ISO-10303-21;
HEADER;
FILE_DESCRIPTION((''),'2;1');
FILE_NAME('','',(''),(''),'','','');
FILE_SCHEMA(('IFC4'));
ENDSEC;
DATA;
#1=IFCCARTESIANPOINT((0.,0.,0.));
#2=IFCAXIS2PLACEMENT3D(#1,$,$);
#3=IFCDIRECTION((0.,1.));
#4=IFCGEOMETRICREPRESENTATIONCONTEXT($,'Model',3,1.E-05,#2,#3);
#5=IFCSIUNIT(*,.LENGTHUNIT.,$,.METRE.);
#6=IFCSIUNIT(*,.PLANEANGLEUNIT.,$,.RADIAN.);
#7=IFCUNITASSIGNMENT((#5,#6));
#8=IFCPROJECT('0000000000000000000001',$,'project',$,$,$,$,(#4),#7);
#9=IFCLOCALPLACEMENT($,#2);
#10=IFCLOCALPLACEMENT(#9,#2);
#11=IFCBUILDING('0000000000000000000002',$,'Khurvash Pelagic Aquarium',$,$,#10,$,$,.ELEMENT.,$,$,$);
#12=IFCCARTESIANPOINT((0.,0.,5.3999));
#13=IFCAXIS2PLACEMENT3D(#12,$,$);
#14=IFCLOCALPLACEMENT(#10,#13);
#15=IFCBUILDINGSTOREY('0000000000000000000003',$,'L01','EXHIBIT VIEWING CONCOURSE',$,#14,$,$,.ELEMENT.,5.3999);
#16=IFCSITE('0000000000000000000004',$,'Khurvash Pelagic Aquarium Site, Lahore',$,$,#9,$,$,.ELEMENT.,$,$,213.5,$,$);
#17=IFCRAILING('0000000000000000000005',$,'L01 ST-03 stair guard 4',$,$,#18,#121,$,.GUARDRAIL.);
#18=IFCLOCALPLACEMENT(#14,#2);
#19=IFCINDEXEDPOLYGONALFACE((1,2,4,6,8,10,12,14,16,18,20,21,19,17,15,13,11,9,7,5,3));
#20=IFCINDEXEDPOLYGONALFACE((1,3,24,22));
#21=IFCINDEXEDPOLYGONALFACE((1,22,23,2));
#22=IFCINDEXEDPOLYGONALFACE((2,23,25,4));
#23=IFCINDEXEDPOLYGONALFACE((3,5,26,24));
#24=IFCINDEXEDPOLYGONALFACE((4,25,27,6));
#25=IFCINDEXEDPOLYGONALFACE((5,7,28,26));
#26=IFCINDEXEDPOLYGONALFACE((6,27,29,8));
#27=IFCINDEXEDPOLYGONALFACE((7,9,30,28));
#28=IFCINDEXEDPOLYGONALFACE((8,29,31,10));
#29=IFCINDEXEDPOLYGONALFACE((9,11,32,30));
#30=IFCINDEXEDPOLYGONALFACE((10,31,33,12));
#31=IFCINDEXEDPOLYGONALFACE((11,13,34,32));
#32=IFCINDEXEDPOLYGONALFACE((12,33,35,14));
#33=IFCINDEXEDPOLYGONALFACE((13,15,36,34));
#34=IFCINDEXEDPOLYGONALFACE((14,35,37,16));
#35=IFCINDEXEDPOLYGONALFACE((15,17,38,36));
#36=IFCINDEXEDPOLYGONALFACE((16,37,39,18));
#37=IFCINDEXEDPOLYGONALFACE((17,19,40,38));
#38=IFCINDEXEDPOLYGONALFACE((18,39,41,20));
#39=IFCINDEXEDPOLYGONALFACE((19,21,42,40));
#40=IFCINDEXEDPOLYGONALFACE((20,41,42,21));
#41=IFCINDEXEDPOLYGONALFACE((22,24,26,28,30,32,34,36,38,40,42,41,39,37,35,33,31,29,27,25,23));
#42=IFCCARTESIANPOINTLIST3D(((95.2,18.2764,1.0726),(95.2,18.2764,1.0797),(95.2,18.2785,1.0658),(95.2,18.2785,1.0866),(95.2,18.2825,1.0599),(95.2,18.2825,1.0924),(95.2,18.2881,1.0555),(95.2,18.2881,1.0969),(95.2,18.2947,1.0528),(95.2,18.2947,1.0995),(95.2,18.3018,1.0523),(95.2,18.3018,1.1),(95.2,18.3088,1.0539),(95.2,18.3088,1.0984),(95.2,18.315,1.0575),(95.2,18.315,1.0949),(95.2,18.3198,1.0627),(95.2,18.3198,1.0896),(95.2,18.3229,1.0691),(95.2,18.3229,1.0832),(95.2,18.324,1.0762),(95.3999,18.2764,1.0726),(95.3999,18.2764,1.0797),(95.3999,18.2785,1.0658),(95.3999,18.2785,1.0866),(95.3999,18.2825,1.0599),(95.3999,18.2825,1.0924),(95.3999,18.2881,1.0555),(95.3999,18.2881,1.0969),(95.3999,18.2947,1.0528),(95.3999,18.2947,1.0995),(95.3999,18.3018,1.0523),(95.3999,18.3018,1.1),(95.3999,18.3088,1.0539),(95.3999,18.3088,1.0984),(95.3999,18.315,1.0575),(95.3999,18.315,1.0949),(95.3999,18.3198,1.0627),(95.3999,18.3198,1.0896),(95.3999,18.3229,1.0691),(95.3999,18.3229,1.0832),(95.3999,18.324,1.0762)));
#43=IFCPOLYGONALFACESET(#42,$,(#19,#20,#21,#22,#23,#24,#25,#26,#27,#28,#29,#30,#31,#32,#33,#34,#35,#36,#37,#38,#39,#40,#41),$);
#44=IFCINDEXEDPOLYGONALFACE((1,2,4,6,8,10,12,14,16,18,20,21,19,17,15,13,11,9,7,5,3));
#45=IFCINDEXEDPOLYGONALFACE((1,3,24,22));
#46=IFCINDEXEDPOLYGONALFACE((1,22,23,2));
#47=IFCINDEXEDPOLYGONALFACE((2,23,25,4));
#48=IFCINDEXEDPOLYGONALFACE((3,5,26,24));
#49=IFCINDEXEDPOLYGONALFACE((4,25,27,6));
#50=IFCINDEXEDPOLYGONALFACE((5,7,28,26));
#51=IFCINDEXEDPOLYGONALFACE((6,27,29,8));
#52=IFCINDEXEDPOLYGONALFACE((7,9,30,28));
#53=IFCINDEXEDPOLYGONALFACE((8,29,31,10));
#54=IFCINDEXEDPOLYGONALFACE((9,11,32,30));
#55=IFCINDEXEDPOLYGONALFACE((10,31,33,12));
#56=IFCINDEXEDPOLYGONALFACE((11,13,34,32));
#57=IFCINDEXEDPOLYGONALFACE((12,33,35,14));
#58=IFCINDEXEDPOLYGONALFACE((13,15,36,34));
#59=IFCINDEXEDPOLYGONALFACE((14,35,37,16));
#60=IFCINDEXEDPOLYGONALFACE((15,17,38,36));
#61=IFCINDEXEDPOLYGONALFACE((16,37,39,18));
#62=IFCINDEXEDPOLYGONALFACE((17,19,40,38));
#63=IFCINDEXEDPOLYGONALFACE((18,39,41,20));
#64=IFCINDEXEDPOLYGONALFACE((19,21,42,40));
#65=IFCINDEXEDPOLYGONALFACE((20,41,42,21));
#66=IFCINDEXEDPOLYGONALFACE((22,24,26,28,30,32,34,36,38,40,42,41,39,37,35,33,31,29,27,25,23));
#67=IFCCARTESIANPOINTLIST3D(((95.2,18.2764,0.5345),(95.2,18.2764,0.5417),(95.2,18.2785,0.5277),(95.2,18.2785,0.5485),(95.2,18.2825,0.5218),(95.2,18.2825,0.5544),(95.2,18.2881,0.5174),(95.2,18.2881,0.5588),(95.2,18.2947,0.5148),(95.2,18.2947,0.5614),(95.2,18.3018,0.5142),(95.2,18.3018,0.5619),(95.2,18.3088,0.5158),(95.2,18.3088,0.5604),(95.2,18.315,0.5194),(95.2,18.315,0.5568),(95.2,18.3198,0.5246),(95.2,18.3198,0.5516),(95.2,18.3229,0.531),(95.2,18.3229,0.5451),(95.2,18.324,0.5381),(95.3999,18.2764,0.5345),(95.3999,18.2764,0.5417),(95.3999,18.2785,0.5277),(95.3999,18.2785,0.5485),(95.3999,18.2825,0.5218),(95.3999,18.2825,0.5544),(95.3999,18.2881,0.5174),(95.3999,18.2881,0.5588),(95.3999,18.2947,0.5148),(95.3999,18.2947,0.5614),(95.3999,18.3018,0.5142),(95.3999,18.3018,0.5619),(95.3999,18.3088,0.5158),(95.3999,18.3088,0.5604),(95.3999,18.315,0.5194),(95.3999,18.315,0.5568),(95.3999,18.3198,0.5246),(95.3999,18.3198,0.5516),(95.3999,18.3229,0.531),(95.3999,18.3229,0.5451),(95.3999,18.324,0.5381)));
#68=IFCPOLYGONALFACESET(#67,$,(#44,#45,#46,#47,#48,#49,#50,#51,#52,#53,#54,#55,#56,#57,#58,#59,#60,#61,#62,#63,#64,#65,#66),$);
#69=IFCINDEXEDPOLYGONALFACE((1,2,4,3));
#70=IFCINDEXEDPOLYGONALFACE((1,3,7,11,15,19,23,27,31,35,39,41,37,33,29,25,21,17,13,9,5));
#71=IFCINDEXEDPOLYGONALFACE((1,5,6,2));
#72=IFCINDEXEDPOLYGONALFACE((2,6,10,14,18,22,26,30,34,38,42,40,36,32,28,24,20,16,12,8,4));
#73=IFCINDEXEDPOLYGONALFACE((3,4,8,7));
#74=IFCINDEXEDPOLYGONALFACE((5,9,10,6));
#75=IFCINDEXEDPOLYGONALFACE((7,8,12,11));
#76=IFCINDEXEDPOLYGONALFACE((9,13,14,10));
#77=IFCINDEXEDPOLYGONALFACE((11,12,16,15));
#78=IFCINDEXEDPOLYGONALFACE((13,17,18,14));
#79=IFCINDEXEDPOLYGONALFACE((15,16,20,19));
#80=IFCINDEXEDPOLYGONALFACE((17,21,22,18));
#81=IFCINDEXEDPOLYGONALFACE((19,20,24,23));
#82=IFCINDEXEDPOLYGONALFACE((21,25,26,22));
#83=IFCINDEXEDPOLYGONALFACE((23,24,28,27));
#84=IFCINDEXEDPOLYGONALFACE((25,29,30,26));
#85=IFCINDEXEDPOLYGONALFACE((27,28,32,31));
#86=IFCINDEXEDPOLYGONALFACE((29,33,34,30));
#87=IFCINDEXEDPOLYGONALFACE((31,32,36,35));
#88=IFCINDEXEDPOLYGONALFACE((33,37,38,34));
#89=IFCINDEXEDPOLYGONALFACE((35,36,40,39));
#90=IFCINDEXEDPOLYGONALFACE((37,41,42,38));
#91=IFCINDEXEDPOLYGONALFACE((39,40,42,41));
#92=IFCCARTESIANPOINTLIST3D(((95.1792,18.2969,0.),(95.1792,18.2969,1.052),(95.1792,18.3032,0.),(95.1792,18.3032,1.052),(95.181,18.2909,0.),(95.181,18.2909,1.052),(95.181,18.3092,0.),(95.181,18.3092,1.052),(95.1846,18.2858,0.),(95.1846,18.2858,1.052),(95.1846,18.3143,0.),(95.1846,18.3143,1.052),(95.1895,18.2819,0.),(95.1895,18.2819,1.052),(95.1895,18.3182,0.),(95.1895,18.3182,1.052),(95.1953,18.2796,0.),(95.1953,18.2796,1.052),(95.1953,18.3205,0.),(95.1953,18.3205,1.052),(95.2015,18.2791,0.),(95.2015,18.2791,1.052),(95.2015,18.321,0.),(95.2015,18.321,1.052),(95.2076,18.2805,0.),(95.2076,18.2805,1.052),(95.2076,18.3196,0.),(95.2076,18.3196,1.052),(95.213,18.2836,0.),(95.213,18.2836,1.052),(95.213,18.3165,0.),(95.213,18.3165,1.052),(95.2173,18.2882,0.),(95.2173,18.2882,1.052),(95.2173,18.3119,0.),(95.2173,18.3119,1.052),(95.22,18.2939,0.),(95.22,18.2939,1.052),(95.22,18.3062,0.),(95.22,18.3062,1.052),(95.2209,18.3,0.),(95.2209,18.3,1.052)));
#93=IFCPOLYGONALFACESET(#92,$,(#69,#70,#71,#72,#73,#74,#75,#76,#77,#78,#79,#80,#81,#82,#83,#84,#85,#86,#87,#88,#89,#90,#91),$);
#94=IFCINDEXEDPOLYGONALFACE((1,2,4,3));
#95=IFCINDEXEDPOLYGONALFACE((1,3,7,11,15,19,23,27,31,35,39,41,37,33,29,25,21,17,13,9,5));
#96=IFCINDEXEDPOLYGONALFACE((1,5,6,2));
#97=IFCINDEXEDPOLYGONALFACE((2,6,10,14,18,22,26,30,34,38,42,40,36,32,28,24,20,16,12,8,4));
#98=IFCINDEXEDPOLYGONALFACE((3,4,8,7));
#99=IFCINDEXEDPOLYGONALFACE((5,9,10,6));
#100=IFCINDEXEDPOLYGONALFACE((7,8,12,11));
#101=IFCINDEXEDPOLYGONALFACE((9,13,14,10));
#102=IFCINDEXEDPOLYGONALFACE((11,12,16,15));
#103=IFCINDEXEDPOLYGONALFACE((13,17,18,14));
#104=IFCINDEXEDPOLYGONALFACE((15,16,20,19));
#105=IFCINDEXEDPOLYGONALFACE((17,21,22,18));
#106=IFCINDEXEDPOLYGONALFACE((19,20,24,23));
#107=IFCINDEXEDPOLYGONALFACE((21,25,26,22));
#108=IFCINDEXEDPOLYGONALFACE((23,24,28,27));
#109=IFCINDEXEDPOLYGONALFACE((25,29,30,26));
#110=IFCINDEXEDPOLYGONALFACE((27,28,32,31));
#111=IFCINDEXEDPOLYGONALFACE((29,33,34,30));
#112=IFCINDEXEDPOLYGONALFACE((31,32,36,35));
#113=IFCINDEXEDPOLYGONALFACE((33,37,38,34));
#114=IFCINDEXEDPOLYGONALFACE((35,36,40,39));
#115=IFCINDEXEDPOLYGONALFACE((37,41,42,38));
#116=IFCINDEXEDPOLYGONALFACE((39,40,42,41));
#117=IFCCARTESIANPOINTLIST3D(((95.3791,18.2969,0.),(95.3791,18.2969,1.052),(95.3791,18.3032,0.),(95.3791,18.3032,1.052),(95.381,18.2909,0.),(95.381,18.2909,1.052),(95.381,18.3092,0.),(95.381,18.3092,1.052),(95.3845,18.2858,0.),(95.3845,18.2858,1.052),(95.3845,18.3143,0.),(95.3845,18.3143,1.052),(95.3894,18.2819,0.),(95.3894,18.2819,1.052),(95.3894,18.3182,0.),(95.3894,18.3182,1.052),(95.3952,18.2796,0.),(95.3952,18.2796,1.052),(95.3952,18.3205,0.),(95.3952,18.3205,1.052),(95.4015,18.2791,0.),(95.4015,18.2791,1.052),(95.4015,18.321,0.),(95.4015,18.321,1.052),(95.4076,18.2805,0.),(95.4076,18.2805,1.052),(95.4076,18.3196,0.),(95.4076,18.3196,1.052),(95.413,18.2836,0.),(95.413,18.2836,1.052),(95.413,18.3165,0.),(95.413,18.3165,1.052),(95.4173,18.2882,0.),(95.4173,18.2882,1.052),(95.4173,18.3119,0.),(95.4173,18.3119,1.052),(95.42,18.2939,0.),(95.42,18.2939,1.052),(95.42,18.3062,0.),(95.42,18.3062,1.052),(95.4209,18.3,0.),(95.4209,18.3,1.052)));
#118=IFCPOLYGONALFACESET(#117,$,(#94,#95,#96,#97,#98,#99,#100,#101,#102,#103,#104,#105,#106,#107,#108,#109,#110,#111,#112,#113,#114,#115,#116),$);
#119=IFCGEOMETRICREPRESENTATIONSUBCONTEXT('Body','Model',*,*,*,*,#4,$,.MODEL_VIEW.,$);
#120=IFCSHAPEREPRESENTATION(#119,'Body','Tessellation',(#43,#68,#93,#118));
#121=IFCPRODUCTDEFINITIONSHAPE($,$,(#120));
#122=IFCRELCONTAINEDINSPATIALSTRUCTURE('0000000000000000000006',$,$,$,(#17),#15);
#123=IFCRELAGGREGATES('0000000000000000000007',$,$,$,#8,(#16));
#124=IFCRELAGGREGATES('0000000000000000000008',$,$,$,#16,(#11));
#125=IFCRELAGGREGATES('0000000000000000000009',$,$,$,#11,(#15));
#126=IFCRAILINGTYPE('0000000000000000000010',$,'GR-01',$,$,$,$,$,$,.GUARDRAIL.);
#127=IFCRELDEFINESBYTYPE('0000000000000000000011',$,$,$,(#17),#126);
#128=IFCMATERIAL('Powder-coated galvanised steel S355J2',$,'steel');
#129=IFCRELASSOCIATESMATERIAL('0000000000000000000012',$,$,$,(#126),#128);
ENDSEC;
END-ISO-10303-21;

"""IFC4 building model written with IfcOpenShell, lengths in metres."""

from ifc_helpers import new_model, si_unit, direction, frame, origin, origin_2d, place, context, subcontext, project, spatial, circle, extrude, material, type_object, element, save


model = new_model("IFC4")

# Units and contexts
model_context = context("Model", 3, precision=1e-05, world=origin(), true_north=direction((0.0, 1.0)))
body_context = subcontext(model_context, "Body", "Model", "MODEL_VIEW")
ifc_project = project(units=[si_unit("LENGTHUNIT", "METRE"), si_unit("PLANEANGLEUNIT", "RADIAN")], contexts=[model_context])

# Site, building, storey
site_placement = place(None, origin())
site = spatial("IfcSite", under=ifc_project, at=site_placement, Name="Khurvash Pelagic Aquarium Site, Lahore", CompositionType="ELEMENT", RefElevation=213.5)
building_placement = place(site_placement, origin())
building = spatial("IfcBuilding", under=site, at=building_placement, Name="Khurvash Pelagic Aquarium", CompositionType="ELEMENT")
storey_placement = place(building_placement, frame((0.0, 0.0, 5.3999)))
storey = spatial("IfcBuildingStorey", under=building, at=storey_placement, Name="L01", Description="EXHIBIT VIEWING CONCOURSE", CompositionType="ELEMENT", Elevation=5.3999)

# Railing
ifc_material_1 = material(Name="Powder-coated galvanised steel S355J2", Category="steel")
railing_type_1 = type_object("IfcRailingType", Name="GR-01", PredefinedType="GUARDRAIL", material=ifc_material_1)
railing_1_placement = place(storey_placement, frame((95.2, 18.3, 0.0)))
element("IfcRailing", 1, at=railing_1_placement, inside=storey, type_object=railing_type_1, Name="L01 ST-03 stair guard 4", PredefinedType="GUARDRAIL", context=body_context, shape_type="SweptSolid", body=[
    extrude(circle(Radius=0.0239, at=origin_2d()), frame((0.0, 0.0, 1.0762), z_axis=(1.0, 0.0, 0.0), x_axis=(0.0, 1.0, 0.0)), (0.0, 0.0, 1.0), 0.2),
    extrude(circle(Radius=0.0239, at=origin_2d()), frame((0.0, 0.0, 0.5381), z_axis=(1.0, 0.0, 0.0), x_axis=(0.0, 1.0, 0.0)), (0.0, 0.0, 1.0), 0.2),
    extrude(circle(Radius=0.021, at=origin_2d()), origin(), (0.0, 0.0, 1.0), 1.052),
    extrude(circle(Radius=0.021, at=origin_2d()), frame((0.2, 0.0, 0.0)), (0.0, 0.0, 1.0), 1.052),
])

save(model, "model.ifc")
